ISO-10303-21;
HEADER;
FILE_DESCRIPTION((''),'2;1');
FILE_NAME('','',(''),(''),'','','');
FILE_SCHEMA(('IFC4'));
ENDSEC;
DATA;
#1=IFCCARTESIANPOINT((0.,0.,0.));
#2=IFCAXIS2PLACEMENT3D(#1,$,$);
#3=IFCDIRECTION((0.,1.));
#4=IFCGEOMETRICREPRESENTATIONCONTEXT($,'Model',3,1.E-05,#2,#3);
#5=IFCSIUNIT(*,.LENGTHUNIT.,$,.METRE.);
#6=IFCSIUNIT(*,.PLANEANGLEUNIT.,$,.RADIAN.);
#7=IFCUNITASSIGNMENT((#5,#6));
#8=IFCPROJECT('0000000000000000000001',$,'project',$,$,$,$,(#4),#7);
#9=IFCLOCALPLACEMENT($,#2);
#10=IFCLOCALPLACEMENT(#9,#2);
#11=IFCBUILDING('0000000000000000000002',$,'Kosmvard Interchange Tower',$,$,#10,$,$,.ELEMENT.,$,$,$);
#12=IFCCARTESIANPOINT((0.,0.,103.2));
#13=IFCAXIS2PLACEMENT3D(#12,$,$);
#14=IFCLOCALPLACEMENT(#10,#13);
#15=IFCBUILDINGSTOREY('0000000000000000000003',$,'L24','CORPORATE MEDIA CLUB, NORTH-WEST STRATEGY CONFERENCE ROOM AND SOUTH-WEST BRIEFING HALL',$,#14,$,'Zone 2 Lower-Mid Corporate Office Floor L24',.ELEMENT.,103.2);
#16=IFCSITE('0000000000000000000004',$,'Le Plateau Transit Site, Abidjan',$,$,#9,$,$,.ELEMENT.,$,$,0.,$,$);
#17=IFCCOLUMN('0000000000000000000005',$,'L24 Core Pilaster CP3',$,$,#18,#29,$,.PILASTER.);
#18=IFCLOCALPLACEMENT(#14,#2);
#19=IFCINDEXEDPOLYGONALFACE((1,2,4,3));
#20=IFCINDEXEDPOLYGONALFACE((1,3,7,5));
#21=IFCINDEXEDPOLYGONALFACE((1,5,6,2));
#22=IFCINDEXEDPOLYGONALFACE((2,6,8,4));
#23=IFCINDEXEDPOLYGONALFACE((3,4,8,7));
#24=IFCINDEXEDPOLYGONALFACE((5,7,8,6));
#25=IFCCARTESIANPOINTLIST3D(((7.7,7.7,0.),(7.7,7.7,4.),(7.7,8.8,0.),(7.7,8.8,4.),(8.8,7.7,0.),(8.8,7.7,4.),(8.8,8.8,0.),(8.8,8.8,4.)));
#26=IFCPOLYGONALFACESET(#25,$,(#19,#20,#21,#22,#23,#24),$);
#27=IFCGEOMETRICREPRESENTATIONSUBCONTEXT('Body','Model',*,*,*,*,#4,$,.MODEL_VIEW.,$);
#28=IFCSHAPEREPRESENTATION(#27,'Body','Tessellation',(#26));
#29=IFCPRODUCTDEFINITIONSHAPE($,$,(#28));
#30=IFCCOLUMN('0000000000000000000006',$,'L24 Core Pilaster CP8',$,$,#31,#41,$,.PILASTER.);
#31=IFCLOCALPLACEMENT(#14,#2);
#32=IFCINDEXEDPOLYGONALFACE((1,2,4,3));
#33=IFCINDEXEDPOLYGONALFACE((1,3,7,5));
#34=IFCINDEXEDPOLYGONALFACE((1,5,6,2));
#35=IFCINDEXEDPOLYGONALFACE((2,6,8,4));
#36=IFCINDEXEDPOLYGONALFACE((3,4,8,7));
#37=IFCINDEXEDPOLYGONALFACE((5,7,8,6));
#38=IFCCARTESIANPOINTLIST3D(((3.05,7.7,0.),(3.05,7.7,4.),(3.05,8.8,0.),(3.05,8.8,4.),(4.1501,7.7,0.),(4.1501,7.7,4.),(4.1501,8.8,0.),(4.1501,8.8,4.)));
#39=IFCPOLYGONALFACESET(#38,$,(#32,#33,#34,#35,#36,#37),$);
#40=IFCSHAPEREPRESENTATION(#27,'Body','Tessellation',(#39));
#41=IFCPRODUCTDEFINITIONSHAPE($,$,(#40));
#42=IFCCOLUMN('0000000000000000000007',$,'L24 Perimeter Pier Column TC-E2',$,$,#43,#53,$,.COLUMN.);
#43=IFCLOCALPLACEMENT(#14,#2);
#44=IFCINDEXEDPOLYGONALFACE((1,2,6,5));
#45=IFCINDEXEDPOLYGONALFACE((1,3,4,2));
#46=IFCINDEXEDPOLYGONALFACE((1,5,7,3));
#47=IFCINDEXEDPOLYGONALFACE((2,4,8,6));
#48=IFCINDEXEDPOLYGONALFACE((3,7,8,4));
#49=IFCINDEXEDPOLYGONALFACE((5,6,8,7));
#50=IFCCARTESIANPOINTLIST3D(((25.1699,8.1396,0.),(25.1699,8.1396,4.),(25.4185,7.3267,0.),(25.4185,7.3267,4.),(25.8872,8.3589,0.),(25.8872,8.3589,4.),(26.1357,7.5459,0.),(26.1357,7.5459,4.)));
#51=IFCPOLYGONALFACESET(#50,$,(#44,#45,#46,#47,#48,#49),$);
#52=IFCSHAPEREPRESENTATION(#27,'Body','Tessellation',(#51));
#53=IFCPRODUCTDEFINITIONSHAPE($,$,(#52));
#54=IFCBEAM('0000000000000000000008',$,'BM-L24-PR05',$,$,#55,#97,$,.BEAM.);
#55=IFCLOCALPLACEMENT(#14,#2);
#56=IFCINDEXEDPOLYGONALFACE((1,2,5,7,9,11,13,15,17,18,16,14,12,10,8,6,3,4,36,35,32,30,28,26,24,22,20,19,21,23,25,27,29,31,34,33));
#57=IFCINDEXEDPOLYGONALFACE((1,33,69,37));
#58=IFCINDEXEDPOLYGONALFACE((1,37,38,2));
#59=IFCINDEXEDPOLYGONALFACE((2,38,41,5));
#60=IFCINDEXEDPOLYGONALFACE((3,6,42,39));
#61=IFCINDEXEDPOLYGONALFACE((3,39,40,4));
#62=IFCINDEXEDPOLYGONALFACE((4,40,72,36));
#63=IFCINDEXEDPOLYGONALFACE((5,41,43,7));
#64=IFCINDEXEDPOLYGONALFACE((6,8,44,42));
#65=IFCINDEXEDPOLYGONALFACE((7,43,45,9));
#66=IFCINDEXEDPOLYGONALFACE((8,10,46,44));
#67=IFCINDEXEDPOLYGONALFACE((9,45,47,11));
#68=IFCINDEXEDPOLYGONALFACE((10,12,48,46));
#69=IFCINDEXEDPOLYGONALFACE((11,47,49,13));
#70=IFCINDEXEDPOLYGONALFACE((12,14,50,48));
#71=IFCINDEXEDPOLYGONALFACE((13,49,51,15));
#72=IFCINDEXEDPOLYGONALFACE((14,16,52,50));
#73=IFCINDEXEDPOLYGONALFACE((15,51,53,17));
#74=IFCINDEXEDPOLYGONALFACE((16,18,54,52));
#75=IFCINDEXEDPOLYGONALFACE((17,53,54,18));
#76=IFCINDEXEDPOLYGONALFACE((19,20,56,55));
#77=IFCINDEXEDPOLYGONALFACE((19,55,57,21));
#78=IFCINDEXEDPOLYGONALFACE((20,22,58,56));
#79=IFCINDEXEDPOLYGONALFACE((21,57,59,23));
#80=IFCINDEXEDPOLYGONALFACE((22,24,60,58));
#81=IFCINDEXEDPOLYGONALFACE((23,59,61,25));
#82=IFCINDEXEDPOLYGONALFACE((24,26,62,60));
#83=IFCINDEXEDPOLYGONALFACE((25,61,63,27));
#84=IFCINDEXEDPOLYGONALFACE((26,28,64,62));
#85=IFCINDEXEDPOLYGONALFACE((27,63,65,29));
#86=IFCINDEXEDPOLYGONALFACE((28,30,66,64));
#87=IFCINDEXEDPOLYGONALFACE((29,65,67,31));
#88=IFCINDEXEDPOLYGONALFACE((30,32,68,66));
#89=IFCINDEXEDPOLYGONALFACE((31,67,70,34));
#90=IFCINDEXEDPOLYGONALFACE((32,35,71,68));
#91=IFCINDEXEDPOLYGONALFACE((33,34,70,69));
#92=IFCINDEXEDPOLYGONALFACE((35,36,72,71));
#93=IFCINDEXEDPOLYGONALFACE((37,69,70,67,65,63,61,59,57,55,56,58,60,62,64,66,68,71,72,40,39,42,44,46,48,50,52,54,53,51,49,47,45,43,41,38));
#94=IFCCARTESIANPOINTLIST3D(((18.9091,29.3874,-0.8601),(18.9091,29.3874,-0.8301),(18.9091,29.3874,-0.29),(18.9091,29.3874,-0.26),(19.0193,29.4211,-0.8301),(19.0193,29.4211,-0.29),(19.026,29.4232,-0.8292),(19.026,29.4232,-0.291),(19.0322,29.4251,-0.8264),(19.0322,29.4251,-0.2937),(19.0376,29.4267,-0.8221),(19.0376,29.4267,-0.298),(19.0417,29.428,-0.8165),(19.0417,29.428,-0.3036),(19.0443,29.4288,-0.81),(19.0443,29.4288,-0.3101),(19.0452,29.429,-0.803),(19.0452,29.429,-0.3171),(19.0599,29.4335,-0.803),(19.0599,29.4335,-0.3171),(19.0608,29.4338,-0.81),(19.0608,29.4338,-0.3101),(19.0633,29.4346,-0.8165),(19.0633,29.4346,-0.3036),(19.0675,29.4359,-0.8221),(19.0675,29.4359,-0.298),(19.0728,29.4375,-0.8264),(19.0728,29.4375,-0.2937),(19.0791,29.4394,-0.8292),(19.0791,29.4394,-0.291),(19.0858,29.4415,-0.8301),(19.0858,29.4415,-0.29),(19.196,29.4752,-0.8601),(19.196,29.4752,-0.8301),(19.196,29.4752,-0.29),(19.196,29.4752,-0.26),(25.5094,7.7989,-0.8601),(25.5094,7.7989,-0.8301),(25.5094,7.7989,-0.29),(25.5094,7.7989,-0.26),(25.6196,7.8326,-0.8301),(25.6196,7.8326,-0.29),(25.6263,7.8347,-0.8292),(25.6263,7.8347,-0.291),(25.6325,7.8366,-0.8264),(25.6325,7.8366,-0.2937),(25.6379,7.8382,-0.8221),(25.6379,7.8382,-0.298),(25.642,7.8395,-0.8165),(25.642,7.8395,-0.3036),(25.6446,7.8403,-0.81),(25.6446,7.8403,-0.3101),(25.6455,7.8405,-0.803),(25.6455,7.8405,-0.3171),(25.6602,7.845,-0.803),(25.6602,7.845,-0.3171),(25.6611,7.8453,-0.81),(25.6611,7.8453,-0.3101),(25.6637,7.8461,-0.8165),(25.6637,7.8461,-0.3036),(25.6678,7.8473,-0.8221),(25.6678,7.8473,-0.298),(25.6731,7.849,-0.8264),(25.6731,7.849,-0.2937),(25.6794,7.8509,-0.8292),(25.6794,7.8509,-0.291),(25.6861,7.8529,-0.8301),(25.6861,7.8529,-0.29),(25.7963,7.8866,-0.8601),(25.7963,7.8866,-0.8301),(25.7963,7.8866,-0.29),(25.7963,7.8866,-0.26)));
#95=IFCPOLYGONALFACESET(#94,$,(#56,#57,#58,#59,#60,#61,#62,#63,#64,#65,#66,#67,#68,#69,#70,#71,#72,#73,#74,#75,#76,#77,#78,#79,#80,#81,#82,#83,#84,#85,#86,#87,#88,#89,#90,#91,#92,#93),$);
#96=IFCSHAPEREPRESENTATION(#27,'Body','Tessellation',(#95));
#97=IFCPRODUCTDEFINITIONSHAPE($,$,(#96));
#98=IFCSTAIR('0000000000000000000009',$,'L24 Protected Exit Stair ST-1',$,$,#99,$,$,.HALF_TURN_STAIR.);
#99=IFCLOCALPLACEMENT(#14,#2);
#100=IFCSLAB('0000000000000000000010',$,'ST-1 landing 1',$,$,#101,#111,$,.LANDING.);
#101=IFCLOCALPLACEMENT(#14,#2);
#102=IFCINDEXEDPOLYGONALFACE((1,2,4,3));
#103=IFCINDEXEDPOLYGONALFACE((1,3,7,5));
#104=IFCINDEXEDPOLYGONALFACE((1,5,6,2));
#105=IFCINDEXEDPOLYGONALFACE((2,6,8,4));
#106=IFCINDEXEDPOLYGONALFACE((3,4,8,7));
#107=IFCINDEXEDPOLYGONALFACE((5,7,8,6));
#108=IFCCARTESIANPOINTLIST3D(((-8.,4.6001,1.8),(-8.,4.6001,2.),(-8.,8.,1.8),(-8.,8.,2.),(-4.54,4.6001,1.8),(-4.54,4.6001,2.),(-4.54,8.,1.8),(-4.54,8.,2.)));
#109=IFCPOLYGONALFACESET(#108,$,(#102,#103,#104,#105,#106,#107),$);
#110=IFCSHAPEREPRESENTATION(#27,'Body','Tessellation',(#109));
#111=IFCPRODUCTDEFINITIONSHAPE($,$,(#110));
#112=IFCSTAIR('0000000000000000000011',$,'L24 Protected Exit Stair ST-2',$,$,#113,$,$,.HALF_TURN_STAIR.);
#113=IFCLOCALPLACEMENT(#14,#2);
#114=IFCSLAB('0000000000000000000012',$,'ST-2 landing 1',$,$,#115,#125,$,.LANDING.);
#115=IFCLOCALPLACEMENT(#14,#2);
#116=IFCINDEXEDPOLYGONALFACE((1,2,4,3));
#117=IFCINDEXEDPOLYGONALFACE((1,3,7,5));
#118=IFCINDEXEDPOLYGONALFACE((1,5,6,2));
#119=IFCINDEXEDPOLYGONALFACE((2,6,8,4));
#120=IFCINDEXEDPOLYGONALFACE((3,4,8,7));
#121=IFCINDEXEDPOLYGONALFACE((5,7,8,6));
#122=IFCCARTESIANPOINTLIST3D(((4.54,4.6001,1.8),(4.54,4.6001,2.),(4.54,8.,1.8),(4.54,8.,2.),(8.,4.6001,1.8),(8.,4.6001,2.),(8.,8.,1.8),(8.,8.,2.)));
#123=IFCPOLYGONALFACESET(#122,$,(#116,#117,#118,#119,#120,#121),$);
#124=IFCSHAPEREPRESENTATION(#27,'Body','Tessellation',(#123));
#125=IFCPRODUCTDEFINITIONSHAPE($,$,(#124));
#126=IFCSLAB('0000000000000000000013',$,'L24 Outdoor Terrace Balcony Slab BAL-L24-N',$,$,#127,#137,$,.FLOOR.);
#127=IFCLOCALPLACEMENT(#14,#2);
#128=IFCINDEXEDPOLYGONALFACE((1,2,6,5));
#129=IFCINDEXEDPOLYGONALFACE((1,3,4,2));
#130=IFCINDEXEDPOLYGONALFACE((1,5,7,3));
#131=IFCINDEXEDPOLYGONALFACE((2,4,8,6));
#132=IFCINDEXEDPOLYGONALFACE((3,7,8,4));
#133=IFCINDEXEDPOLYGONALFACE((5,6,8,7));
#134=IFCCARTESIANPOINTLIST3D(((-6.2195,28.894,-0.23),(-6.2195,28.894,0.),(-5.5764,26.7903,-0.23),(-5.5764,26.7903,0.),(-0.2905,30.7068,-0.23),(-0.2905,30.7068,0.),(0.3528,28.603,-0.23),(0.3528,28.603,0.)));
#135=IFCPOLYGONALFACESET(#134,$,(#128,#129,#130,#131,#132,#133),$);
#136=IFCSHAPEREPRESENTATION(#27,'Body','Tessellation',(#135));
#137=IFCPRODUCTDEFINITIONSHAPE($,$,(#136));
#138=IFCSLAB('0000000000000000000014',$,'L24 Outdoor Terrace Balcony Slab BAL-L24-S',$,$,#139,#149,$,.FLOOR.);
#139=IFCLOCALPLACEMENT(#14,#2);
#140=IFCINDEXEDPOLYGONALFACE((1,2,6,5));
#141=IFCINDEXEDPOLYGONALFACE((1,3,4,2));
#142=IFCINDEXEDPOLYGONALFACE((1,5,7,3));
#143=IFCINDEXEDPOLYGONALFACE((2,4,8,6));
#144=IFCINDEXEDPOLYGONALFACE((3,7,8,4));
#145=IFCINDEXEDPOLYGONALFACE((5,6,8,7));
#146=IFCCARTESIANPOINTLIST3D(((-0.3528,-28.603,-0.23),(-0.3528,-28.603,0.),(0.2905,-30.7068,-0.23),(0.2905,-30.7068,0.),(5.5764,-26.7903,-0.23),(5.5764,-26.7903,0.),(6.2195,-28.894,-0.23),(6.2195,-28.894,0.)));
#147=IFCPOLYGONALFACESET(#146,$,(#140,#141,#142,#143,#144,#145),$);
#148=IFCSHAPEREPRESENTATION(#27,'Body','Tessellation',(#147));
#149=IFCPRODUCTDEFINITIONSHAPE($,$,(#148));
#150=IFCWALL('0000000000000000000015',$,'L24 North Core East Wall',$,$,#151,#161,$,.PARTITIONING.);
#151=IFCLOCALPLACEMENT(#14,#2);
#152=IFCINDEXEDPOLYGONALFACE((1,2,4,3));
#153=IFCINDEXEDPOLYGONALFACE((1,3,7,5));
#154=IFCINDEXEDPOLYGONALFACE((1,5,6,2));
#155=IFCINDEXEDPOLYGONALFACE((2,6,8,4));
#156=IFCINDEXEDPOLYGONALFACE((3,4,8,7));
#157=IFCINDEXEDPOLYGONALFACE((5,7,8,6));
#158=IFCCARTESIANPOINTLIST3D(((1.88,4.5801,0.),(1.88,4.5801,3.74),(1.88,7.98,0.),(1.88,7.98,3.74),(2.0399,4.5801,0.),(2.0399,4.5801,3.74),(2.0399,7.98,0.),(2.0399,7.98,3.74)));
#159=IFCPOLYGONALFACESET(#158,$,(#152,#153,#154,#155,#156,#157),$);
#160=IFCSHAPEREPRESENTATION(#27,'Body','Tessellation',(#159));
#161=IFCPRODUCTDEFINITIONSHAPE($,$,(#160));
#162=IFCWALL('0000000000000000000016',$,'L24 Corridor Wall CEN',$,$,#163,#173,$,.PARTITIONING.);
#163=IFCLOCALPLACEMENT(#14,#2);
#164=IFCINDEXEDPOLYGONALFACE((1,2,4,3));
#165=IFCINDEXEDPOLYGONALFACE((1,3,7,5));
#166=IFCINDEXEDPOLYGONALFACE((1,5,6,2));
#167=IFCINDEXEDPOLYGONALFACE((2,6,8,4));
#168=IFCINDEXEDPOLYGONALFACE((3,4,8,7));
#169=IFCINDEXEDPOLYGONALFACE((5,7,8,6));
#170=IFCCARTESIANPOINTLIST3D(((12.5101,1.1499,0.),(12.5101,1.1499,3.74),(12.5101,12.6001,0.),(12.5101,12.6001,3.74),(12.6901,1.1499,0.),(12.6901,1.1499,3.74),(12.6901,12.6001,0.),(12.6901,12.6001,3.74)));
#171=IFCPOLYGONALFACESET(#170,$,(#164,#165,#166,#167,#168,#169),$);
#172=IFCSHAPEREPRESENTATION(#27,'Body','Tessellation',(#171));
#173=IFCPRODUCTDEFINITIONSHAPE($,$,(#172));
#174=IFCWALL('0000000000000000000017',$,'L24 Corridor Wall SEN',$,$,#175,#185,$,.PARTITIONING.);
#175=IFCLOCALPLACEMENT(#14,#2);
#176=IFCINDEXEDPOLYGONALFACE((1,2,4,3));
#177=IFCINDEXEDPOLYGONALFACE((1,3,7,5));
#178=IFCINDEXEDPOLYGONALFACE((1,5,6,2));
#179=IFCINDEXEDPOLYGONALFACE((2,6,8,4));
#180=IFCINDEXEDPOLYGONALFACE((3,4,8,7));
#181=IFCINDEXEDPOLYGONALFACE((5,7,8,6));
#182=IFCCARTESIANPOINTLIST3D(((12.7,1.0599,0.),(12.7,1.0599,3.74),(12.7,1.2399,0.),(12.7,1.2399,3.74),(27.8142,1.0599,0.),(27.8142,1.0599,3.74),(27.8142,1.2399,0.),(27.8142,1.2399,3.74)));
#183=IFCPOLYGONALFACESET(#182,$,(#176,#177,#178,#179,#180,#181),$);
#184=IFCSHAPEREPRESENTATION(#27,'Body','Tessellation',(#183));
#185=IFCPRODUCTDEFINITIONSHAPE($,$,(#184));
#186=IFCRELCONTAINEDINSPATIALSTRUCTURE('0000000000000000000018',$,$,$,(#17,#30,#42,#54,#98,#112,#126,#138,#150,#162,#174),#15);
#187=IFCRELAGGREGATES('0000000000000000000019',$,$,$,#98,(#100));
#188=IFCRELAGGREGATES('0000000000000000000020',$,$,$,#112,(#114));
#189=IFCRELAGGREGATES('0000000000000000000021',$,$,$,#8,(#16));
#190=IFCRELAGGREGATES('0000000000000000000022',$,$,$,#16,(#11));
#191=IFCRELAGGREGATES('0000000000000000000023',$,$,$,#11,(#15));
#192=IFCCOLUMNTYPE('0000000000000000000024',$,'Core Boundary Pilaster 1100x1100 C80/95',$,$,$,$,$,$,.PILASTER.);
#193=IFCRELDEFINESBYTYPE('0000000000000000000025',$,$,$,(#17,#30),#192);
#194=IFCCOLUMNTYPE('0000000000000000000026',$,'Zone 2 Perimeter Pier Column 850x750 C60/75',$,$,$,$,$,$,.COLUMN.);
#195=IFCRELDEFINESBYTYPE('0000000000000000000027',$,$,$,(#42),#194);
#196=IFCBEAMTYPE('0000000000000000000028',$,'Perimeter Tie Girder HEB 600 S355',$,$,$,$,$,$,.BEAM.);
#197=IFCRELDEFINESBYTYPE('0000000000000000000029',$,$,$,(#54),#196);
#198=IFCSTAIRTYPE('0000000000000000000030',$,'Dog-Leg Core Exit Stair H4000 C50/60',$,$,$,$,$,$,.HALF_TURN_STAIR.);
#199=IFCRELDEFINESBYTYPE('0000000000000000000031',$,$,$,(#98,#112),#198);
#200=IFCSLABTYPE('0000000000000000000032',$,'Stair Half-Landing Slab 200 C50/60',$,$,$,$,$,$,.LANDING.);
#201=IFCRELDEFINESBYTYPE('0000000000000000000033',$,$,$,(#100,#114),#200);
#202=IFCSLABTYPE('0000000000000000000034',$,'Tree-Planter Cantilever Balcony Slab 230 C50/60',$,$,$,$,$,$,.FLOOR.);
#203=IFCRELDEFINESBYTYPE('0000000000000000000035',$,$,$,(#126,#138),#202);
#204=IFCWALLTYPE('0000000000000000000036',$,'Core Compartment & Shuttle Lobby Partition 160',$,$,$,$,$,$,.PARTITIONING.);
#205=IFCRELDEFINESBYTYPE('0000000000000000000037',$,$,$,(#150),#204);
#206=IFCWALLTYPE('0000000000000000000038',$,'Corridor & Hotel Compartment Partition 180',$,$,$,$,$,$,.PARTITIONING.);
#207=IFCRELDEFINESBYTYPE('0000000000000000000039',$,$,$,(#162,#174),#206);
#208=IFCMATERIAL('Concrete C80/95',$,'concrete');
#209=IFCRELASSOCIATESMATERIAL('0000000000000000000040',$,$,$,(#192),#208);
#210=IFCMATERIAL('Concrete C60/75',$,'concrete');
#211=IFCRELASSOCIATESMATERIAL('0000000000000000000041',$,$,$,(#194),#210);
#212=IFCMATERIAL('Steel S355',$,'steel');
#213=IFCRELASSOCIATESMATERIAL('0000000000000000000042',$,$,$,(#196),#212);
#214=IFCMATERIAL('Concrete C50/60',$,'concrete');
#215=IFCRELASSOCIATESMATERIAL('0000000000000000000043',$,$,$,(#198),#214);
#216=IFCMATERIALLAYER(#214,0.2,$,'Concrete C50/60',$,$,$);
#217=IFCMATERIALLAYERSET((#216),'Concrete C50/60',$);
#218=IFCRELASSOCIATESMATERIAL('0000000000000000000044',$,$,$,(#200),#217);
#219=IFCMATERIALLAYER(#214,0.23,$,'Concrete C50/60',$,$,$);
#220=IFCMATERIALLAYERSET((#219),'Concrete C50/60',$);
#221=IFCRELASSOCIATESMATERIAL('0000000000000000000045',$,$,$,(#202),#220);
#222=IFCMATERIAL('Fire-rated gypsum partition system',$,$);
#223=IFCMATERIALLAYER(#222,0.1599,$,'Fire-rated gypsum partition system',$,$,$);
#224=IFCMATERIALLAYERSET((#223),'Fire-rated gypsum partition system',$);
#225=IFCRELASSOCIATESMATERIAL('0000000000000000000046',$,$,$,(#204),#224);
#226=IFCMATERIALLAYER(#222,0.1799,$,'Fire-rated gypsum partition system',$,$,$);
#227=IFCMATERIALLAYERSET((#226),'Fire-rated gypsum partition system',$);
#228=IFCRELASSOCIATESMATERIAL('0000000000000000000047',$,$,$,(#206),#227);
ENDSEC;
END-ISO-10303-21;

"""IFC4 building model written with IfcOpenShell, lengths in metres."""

from ifc_helpers import new_model, si_unit, direction, frame, frame_2d, origin, origin_2d, place, context, subcontext, project, spatial, polyline, rectangle, i_section, outline, extrude, source, transform, mapped, material, layer, layer_set, material_profile, profile_set, type_object, element, aggregate, save


model = new_model("IFC4")

# Units and contexts
model_context = context("Model", 3, precision=1e-05, world=origin(), true_north=direction((0.0, 1.0)))
body_context = subcontext(model_context, "Body", "Model", "MODEL_VIEW")
ifc_project = project(units=[si_unit("LENGTHUNIT", "METRE"), si_unit("PLANEANGLEUNIT", "RADIAN")], contexts=[model_context])

# Site, building, storey
site_placement = place(None, origin())
site = spatial("IfcSite", under=ifc_project, at=site_placement, Name="Le Plateau Transit Site, Abidjan", CompositionType="ELEMENT", RefElevation=0.0)
building_placement = place(site_placement, origin())
building = spatial("IfcBuilding", under=site, at=building_placement, Name="Kosmvard Interchange Tower", CompositionType="ELEMENT")
storey_placement = place(building_placement, frame((0.0, 0.0, 103.2)))
storey = spatial("IfcBuildingStorey", under=building, at=storey_placement, Name="L24", Description="CORPORATE MEDIA CLUB, NORTH-WEST STRATEGY CONFERENCE ROOM AND SOUTH-WEST BRIEFING HALL", LongName="Zone 2 Lower-Mid Corporate Office Floor L24", CompositionType="ELEMENT", Elevation=103.2)

# Columns
ifc_material_1 = material(Name="Concrete C80/95", Category="concrete")
ifc_material_profile_1 = material_profile(ifc_material_1, rectangle(XDim=1.1001, YDim=1.1001, at=origin_2d()), Name="CP 1100x1100")
ifc_profile_set_1 = profile_set([ifc_material_profile_1], Name="Concrete C80/95")
column_type_1 = type_object("IfcColumnType", Name="Core Boundary Pilaster 1100x1100 C80/95", PredefinedType="PILASTER", material=ifc_profile_set_1)
shared_shape_1 = source(origin(), body_context, "Body", "SweptSolid", [
    extrude(rectangle(XDim=1.1001, YDim=1.1001, at=origin_2d()), origin(), (0.0, 0.0, 1.0), 4.0),
])
for number, where, z_axis, x_axis, name in (
    (1, (8.25, 8.25, 0.0), (0.0, 0.0, 1.0), (1.0, 0.0, 0.0), "L24 Core Pilaster CP3"),
    (2, (3.6001, 8.25, 0.0), (0.0, 0.0, 1.0), (1.0, 0.0, 0.0), "L24 Core Pilaster CP8"),
):
    element("IfcColumn", number, at=place(storey_placement, frame(where, z_axis=z_axis, x_axis=x_axis)), inside=storey, type_object=column_type_1, Name=name, PredefinedType="PILASTER", context=body_context, shape_type="MappedRepresentation", body=[
        mapped(shared_shape_1, transform((0.0, 0.0, 0.0), scale=1.0)),
    ])
ifc_material_2 = material(Name="Concrete C60/75", Category="concrete")
ifc_material_profile_2 = material_profile(ifc_material_2, rectangle(XDim=0.75, YDim=0.8501, at=origin_2d()), Name="TC 850x750")
ifc_profile_set_2 = profile_set([ifc_material_profile_2], Name="Concrete C60/75")
column_type_2 = type_object("IfcColumnType", Name="Zone 2 Perimeter Pier Column 850x750 C60/75", PredefinedType="COLUMN", material=ifc_profile_set_2)
shared_shape_2 = source(origin(), body_context, "Body", "SweptSolid", [
    extrude(rectangle(XDim=0.75, YDim=0.8501, at=origin_2d()), origin(), (0.0, 0.0, 1.0), 4.0),
])
column_placement = place(storey_placement, frame((25.6528, 7.8428, 0.0), z_axis=(0.0, 0.0, 1.0), x_axis=(0.956305, 0.292372, 0.0)))
element("IfcColumn", 3, at=column_placement, inside=storey, type_object=column_type_2, Name="L24 Perimeter Pier Column TC-E2", PredefinedType="COLUMN", context=body_context, shape_type="MappedRepresentation", body=[
    mapped(shared_shape_2, transform((0.0, 0.0, 0.0), scale=1.0)),
])

# Beam
ifc_material_3 = material(Name="Steel S355", Category="steel")
ifc_material_profile_3 = material_profile(ifc_material_3, i_section(OverallWidth=0.3, OverallDepth=0.6001, WebThickness=0.0154, FlangeThickness=0.03, FilletRadius=0.0271, at=origin_2d()), Name="HEB 600")
ifc_profile_set_3 = profile_set([ifc_material_profile_3], Name="Steel S355")
beam_type = type_object("IfcBeamType", Name="Perimeter Tie Girder HEB 600 S355", PredefinedType="BEAM", material=ifc_profile_set_3)
shared_shape_3 = source(origin(), body_context, "Body", "SweptSolid", [
    extrude(i_section(OverallWidth=0.3, OverallDepth=0.6001, WebThickness=0.0154, FlangeThickness=0.03, FilletRadius=0.0271, at=origin_2d()), origin(), (0.0, 0.0, 1.0), 22.575),
])
beam_placement = place(storey_placement, frame((25.6528, 7.8428, -0.5601), z_axis=(-0.292373, 0.956304, 0.0), x_axis=(-0.956304, -0.292373, 0.0)))
element("IfcBeam", 4, at=beam_placement, inside=storey, type_object=beam_type, Name="BM-L24-PR05", PredefinedType="BEAM", context=body_context, shape_type="MappedRepresentation", body=[
    mapped(shared_shape_3, transform((0.0, 0.0, 0.0), scale=1.0)),
])

# Stairs, slabs
ifc_material_4 = material(Name="Concrete C50/60", Category="concrete")
stair_type = type_object("IfcStairType", Name="Dog-Leg Core Exit Stair H4000 C50/60", PredefinedType="HALF_TURN_STAIR", material=ifc_material_4)
stair_1_placement = place(storey_placement, origin())
stair_1 = element("IfcStair", 5, at=stair_1_placement, inside=storey, type_object=stair_type, Name="L24 Protected Exit Stair ST-1", PredefinedType="HALF_TURN_STAIR")
ifc_layer_1 = layer(ifc_material_4, 0.2, Name="Concrete C50/60")
ifc_layer_set_1 = layer_set([ifc_layer_1], Name="Concrete C50/60")
slab_type_1 = type_object("IfcSlabType", Name="Stair Half-Landing Slab 200 C50/60", PredefinedType="LANDING", material=ifc_layer_set_1)
slab_1_placement = place(storey_placement, frame((0.0, 0.0, 1.8)))
slab_1 = element("IfcSlab", 6, at=slab_1_placement, type_object=slab_type_1, Name="ST-1 landing 1", PredefinedType="LANDING", context=body_context, shape_type="SweptSolid", body=[
    extrude(outline(polyline([(-4.54, 4.6001), (-4.54, 8.0), (-8.0, 8.0), (-8.0, 4.6001), (-4.54, 4.6001)])), origin(), (0.0, 0.0, 1.0), 0.2),
])
aggregate(stair_1, [slab_1])
stair_2_placement = place(storey_placement, origin())
stair_2 = element("IfcStair", 7, at=stair_2_placement, inside=storey, type_object=stair_type, Name="L24 Protected Exit Stair ST-2", PredefinedType="HALF_TURN_STAIR")
slab_2_placement = place(storey_placement, frame((0.0, 0.0, 1.8)))
slab_2 = element("IfcSlab", 8, at=slab_2_placement, type_object=slab_type_1, Name="ST-2 landing 1", PredefinedType="LANDING", context=body_context, shape_type="SweptSolid", body=[
    extrude(outline(polyline([(8.0, 4.6001), (8.0, 8.0), (4.54, 8.0), (4.54, 4.6001), (8.0, 4.6001)])), origin(), (0.0, 0.0, 1.0), 0.2),
])

# Slabs
ifc_layer_2 = layer(ifc_material_4, 0.23, Name="Concrete C50/60")
ifc_layer_set_2 = layer_set([ifc_layer_2], Name="Concrete C50/60")
slab_type_2 = type_object("IfcSlabType", Name="Tree-Planter Cantilever Balcony Slab 230 C50/60", PredefinedType="FLOOR", material=ifc_layer_set_2)
slab_3_placement = place(storey_placement, frame((0.0, 0.0, -0.23)))
element("IfcSlab", 9, at=slab_3_placement, inside=storey, type_object=slab_type_2, Name="L24 Outdoor Terrace Balcony Slab BAL-L24-N", PredefinedType="FLOOR", context=body_context, shape_type="SweptSolid", body=[
    extrude(outline(polyline([(-5.5764, 26.7903), (0.3528, 28.603), (-0.2905, 30.7068), (-6.2195, 28.894), (-5.5764, 26.7903)])), origin(), (0.0, 0.0, 1.0), 0.23),
])
slab_4_placement = place(storey_placement, frame((0.0, 0.0, -0.23)))
element("IfcSlab", 10, at=slab_4_placement, inside=storey, type_object=slab_type_2, Name="L24 Outdoor Terrace Balcony Slab BAL-L24-S", PredefinedType="FLOOR", context=body_context, shape_type="SweptSolid", body=[
    extrude(outline(polyline([(0.2905, -30.7068), (6.2195, -28.894), (5.5764, -26.7903), (-0.3528, -28.603), (0.2905, -30.7068)])), origin(), (0.0, 0.0, 1.0), 0.23),
])

# Walls
ifc_material_5 = material(Name="Fire-rated gypsum partition system")
ifc_layer_3 = layer(ifc_material_5, 0.1599, Name="Fire-rated gypsum partition system")
ifc_layer_set_3 = layer_set([ifc_layer_3], Name="Fire-rated gypsum partition system")
wall_type_1 = type_object("IfcWallType", Name="Core Compartment & Shuttle Lobby Partition 160", PredefinedType="PARTITIONING", material=ifc_layer_set_3)
wall_1_placement = place(storey_placement, frame((1.96, 4.5801, 0.0), z_axis=(0.0, 0.0, 1.0), x_axis=(0.0, 1.0, 0.0)))
element("IfcWall", 11, at=wall_1_placement, inside=storey, type_object=wall_type_1, Name="L24 North Core East Wall", PredefinedType="PARTITIONING", context=body_context, shape_type="SweptSolid", body=[
    extrude(rectangle(XDim=3.3999, YDim=0.1599, at=frame_2d((1.7, 0.0))), origin(), (0.0, 0.0, 1.0), 3.74),
])
ifc_layer_4 = layer(ifc_material_5, 0.1799, Name="Fire-rated gypsum partition system")
ifc_layer_set_4 = layer_set([ifc_layer_4], Name="Fire-rated gypsum partition system")
wall_type_2 = type_object("IfcWallType", Name="Corridor & Hotel Compartment Partition 180", PredefinedType="PARTITIONING", material=ifc_layer_set_4)
wall_2_placement = place(storey_placement, frame((12.6001, 1.1499, 0.0), z_axis=(0.0, 0.0, 1.0), x_axis=(0.0, 1.0, 0.0)))
element("IfcWall", 12, at=wall_2_placement, inside=storey, type_object=wall_type_2, Name="L24 Corridor Wall CEN", PredefinedType="PARTITIONING", context=body_context, shape_type="SweptSolid", body=[
    extrude(rectangle(XDim=11.4502, YDim=0.1799, at=frame_2d((5.7251, 0.0))), origin(), (0.0, 0.0, 1.0), 3.74),
])
wall_3_placement = place(storey_placement, frame((12.7, 1.1499, 0.0), z_axis=(0.0, 0.0, 1.0), x_axis=(1.0, 0.0, 0.0)))
element("IfcWall", 13, at=wall_3_placement, inside=storey, type_object=wall_type_2, Name="L24 Corridor Wall SEN", PredefinedType="PARTITIONING", context=body_context, shape_type="SweptSolid", body=[
    extrude(rectangle(XDim=15.1143, YDim=0.1799, at=frame_2d((7.5571, 0.0))), origin(), (0.0, 0.0, 1.0), 3.74),
])

aggregate(stair_2, [slab_2])

save(model, "model.ifc")
